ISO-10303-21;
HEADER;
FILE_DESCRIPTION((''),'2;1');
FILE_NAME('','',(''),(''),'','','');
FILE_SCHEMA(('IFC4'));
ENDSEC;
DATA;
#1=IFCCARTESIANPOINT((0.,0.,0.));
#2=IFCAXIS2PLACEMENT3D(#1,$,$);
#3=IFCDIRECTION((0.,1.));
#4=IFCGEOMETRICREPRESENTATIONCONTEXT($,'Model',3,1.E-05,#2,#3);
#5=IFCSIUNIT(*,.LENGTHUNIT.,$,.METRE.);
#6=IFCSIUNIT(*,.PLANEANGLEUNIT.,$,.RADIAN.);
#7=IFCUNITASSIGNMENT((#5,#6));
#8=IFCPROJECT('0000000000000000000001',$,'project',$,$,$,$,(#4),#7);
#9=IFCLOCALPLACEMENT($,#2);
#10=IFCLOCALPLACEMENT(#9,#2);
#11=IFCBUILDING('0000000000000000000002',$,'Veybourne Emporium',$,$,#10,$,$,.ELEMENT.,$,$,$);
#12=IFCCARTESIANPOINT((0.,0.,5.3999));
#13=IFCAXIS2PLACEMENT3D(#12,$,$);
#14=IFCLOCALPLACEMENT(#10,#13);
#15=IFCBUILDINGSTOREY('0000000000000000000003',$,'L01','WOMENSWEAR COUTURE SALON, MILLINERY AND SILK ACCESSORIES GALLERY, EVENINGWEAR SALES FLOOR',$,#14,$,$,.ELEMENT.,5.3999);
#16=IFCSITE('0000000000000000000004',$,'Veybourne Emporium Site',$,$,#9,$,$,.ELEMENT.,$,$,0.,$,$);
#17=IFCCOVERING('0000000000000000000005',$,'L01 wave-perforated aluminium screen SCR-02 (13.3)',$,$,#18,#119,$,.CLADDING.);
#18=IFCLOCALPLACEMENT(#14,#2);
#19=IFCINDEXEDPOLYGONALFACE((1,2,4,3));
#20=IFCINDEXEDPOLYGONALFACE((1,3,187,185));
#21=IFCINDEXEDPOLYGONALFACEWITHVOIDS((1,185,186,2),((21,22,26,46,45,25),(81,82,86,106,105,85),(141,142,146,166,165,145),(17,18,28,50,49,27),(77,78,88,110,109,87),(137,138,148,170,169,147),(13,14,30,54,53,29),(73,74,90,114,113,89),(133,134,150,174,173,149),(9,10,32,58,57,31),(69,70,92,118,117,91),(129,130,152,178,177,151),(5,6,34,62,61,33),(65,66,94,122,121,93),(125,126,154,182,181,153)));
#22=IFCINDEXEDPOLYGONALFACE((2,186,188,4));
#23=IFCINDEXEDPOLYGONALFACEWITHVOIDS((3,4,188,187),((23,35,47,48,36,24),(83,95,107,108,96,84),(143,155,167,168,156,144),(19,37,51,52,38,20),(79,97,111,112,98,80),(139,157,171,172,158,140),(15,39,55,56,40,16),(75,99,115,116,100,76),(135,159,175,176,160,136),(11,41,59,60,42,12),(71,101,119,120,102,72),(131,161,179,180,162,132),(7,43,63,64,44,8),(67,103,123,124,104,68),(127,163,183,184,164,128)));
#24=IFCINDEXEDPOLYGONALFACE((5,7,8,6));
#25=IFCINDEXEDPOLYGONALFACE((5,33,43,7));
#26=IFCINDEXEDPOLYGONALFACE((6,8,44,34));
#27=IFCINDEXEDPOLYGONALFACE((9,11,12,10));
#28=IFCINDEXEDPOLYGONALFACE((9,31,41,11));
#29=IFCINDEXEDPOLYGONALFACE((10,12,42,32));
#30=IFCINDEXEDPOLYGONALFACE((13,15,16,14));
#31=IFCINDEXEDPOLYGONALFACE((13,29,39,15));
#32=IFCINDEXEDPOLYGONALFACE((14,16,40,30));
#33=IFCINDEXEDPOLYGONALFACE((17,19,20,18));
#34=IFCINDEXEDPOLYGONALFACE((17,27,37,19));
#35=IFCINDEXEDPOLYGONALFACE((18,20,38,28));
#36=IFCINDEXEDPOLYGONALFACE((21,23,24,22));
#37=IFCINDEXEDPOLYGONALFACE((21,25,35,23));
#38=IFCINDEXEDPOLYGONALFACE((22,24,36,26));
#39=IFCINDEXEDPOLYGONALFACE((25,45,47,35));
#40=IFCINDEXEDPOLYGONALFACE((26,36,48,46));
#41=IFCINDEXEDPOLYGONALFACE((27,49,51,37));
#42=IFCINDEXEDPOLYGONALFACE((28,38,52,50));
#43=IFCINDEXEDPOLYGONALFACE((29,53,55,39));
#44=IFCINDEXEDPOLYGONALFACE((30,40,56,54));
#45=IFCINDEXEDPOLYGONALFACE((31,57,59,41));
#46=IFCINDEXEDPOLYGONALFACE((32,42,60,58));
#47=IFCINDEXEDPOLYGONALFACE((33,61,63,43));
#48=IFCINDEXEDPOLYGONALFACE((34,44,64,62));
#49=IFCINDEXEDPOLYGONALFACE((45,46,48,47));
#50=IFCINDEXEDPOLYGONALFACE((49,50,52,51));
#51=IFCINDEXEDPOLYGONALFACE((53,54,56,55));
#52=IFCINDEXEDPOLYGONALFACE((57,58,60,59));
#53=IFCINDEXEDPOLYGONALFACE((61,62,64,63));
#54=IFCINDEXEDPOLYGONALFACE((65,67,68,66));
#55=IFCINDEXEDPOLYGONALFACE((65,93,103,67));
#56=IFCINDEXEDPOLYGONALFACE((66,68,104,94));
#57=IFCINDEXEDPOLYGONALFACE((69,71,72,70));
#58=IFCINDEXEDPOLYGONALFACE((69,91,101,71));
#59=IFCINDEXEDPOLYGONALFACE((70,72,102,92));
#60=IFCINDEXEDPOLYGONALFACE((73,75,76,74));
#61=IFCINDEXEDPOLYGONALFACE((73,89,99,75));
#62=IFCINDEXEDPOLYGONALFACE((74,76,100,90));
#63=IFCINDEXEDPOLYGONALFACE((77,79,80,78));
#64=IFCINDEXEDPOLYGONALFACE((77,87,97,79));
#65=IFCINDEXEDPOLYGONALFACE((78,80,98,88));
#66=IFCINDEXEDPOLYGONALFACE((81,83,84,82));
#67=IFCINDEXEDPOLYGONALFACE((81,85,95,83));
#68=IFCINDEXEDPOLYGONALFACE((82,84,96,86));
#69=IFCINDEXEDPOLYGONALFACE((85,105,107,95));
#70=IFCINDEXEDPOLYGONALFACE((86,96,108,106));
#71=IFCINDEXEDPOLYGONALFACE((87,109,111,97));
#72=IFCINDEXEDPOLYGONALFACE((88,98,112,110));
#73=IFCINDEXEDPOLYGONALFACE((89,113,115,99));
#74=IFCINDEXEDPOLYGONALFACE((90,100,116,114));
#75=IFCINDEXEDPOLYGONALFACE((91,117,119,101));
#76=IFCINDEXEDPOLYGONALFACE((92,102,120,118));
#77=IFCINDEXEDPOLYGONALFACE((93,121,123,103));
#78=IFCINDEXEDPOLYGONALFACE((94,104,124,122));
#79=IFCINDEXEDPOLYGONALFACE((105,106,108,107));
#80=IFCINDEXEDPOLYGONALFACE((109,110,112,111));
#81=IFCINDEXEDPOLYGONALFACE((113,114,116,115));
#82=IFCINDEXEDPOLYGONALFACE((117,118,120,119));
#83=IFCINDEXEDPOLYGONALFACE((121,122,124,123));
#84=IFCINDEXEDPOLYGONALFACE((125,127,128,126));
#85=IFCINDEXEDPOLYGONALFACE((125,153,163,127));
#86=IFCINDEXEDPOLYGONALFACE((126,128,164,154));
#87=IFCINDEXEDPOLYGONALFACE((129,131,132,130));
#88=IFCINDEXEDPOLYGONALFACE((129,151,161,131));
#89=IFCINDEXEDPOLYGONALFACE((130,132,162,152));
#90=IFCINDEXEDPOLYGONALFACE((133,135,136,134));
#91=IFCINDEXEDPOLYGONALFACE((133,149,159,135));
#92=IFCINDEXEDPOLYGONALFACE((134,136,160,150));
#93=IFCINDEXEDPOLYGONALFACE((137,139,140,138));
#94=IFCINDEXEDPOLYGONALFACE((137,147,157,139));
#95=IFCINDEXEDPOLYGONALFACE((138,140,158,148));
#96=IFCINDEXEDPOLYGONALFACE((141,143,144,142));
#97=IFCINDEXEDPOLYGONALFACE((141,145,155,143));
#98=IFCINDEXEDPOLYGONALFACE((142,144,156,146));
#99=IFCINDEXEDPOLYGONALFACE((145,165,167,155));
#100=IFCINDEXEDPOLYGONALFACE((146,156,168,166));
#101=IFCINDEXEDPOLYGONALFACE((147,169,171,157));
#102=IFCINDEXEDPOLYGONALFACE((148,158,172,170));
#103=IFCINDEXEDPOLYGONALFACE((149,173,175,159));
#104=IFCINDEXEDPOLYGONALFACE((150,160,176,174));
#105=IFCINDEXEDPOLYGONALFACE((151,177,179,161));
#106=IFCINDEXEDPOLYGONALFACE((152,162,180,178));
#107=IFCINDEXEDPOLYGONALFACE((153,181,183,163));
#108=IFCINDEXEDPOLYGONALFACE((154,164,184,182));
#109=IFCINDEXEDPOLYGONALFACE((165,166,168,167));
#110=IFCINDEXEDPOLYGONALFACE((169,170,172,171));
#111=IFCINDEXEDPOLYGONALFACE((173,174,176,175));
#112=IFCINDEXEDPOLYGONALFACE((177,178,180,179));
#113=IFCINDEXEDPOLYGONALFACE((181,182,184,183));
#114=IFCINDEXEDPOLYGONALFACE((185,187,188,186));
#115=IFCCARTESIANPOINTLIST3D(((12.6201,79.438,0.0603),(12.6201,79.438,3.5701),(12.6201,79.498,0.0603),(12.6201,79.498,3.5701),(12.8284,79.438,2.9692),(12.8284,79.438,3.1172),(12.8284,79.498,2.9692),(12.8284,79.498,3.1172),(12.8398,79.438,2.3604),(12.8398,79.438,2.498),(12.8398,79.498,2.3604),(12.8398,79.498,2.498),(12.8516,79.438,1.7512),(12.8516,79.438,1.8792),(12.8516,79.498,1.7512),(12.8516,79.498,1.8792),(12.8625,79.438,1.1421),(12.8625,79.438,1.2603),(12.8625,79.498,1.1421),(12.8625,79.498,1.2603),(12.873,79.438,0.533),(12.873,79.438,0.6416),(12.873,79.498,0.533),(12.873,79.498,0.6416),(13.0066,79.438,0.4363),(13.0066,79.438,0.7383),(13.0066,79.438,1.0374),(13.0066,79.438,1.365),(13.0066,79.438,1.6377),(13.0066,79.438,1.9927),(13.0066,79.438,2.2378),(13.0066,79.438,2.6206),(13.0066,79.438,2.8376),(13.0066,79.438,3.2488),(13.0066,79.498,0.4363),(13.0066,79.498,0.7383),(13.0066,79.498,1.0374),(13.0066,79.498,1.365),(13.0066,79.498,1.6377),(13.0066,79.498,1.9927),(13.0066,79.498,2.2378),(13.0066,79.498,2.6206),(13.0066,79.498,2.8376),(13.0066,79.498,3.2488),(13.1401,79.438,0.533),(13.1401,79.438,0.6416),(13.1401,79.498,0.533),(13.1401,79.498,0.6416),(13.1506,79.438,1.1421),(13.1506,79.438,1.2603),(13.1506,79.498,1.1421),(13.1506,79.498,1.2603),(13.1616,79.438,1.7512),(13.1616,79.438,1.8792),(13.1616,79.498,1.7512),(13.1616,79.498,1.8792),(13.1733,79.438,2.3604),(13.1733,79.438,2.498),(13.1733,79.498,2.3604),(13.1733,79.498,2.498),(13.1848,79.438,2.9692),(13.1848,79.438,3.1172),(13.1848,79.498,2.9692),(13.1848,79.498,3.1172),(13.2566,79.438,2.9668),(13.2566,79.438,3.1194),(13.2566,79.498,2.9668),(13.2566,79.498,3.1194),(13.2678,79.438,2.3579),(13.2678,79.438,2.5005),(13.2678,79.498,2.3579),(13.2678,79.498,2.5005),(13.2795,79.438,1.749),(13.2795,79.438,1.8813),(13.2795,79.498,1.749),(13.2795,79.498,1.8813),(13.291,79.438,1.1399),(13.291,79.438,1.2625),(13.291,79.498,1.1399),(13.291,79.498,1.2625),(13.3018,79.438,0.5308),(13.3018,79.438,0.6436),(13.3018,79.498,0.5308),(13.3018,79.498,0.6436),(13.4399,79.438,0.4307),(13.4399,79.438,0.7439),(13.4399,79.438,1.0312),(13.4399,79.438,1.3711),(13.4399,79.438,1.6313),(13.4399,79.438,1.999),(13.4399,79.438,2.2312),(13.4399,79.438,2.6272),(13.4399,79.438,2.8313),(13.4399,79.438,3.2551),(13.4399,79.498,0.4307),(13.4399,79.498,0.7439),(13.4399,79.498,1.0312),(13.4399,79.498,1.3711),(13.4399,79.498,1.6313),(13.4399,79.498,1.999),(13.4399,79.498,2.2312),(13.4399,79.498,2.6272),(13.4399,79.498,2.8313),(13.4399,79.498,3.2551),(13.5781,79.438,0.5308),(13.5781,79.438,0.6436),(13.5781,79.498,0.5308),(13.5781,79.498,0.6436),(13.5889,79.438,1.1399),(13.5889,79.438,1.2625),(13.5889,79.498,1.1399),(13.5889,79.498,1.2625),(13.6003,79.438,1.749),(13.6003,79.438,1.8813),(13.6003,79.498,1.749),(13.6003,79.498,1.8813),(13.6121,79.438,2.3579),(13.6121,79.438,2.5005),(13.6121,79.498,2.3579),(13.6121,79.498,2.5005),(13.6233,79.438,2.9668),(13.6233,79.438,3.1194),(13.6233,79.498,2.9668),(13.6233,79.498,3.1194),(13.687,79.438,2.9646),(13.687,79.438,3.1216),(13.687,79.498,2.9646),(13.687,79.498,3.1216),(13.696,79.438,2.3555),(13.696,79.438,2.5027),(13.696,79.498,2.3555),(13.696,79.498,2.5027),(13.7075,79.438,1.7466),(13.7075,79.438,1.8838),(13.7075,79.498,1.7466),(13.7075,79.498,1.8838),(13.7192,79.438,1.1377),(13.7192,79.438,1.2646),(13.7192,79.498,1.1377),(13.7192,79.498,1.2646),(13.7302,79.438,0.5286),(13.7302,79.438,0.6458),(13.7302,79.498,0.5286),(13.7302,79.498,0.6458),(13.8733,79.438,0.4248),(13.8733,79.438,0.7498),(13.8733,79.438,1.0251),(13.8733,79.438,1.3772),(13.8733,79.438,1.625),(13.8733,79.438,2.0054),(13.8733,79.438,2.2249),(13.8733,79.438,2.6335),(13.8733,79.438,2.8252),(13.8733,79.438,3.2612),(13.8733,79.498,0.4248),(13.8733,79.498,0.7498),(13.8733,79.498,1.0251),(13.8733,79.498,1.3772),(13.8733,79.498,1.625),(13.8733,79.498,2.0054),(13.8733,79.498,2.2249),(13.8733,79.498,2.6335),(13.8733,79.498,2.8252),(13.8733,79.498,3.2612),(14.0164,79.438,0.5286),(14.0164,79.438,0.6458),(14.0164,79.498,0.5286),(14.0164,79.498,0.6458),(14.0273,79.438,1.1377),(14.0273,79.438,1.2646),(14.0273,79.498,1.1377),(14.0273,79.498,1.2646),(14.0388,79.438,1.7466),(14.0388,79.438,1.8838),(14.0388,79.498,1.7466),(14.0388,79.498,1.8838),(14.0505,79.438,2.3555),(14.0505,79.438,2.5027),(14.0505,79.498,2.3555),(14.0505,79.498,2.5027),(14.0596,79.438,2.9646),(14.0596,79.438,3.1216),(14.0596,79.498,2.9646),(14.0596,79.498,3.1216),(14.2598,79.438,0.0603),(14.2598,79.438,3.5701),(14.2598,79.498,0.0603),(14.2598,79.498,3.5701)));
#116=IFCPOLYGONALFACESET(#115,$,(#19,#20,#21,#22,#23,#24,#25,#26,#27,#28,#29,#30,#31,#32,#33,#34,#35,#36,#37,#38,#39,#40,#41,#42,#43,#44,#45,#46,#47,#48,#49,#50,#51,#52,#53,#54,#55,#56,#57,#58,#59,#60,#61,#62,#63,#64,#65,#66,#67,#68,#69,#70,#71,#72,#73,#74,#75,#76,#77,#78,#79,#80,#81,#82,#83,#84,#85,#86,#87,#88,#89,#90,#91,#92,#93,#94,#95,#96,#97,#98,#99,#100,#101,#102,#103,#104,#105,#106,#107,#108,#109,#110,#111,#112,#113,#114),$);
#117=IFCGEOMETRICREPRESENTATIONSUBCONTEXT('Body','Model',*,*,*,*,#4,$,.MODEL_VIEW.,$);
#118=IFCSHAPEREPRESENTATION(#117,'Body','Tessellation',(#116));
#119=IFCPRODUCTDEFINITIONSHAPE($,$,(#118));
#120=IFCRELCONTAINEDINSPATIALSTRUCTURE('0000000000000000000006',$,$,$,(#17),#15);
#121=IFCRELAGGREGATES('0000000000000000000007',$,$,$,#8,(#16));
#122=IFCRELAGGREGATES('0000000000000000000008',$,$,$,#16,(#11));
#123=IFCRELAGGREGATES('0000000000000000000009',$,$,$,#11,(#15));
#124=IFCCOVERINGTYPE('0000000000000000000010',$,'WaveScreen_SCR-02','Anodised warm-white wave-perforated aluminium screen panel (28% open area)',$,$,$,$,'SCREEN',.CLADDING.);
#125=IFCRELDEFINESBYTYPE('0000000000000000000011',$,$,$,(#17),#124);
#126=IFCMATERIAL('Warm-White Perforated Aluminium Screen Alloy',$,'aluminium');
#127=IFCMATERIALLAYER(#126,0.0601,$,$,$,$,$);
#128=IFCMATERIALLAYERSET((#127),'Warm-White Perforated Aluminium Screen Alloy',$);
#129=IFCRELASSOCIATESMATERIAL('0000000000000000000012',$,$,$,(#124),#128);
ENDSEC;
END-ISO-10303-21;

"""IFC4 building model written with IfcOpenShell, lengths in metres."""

from ifc_helpers import new_model, si_unit, direction, frame, origin, place, context, subcontext, project, spatial, polyline, outline, extrude, material, layer, layer_set, type_object, element, save


model = new_model("IFC4")

# Units and contexts
model_context = context("Model", 3, precision=1e-05, world=origin(), true_north=direction((0.0, 1.0)))
body_context = subcontext(model_context, "Body", "Model", "MODEL_VIEW")
ifc_project = project(units=[si_unit("LENGTHUNIT", "METRE"), si_unit("PLANEANGLEUNIT", "RADIAN")], contexts=[model_context])

# Site, building, storey
site_placement = place(None, origin())
site = spatial("IfcSite", under=ifc_project, at=site_placement, Name="Veybourne Emporium Site", CompositionType="ELEMENT", RefElevation=0.0)
building_placement = place(site_placement, origin())
building = spatial("IfcBuilding", under=site, at=building_placement, Name="Veybourne Emporium", CompositionType="ELEMENT")
storey_placement = place(building_placement, frame((0.0, 0.0, 5.3999)))
storey = spatial("IfcBuildingStorey", under=building, at=storey_placement, Name="L01", Description="WOMENSWEAR COUTURE SALON, MILLINERY AND SILK ACCESSORIES GALLERY, EVENINGWEAR SALES FLOOR", CompositionType="ELEMENT", Elevation=5.3999)

# Covering
ifc_material_1 = material(Name="Warm-White Perforated Aluminium Screen Alloy", Category="aluminium")
ifc_layer_1 = layer(ifc_material_1, 0.0601)
ifc_layer_set_1 = layer_set([ifc_layer_1], Name="Warm-White Perforated Aluminium Screen Alloy")
covering_type_1 = type_object("IfcCoveringType", Name="WaveScreen_SCR-02", Description="Anodised warm-white wave-perforated aluminium screen panel (28% open area)", ElementType="SCREEN", PredefinedType="CLADDING", material=ifc_layer_set_1)
covering_1_placement = place(storey_placement, frame((13.4399, 79.498, 1.8152), z_axis=(0.0, -1.0, 0.0), x_axis=(1.0, 0.0, 0.0)))
element("IfcCovering", 1, at=covering_1_placement, inside=storey, type_object=covering_type_1, Name="L01 wave-perforated aluminium screen SCR-02 (13.3)", PredefinedType="CLADDING", context=body_context, shape_type="SweptSolid", body=[
    extrude(outline(polyline([(-0.8198, -1.7549), (0.8198, -1.7549), (0.8198, 1.7549), (-0.8198, 1.7549), (-0.8198, -1.7549)]), holes=[polyline([(-0.4333, -1.0769), (-0.2998, -1.1736), (-0.2998, -1.2822), (-0.4333, -1.3789), (-0.5669, -1.2822), (-0.5669, -1.1736), (-0.4333, -1.0769)]), polyline([(-0.4333, -0.4502), (-0.2893, -0.5549), (-0.2893, -0.6731), (-0.4333, -0.7778), (-0.5774, -0.6731), (-0.5774, -0.5549), (-0.4333, -0.4502)]), polyline([(-0.4333, 0.1775), (-0.2783, 0.064), (-0.2783, -0.064), (-0.4333, -0.1775), (-0.5884, -0.064), (-0.5884, 0.064), (-0.4333, 0.1775)]), polyline([(-0.4333, 0.8054), (-0.2666, 0.6829), (-0.2666, 0.5452), (-0.4333, 0.4226), (-0.6001, 0.5452), (-0.6001, 0.6829), (-0.4333, 0.8054)]), polyline([(-0.4333, 1.4336), (-0.2551, 1.302), (-0.2551, 1.1541), (-0.4333, 1.0225), (-0.6116, 1.1541), (-0.6116, 1.302), (-0.4333, 1.4336)]), polyline([(0.0, -1.0713), (0.1382, -1.1716), (0.1382, -1.2844), (0.0, -1.3845), (-0.1382, -1.2844), (-0.1382, -1.1716), (0.0, -1.0713)]), polyline([(0.0, -0.4441), (0.1489, -0.5527), (0.1489, -0.6753), (0.0, -0.7839), (-0.1489, -0.6753), (-0.1489, -0.5527), (0.0, -0.4441)]), polyline([(0.0, 0.1838), (0.1604, 0.0662), (0.1604, -0.0662), (0.0, -0.1838), (-0.1604, -0.0662), (-0.1604, 0.0662), (0.0, 0.1838)]), polyline([(0.0, 0.812), (0.1721, 0.6853), (0.1721, 0.5427), (0.0, 0.416), (-0.1721, 0.5427), (-0.1721, 0.6853), (0.0, 0.812)]), polyline([(0.0, 1.4399), (0.1833, 1.3042), (0.1833, 1.1516), (0.0, 1.0161), (-0.1833, 1.1516), (-0.1833, 1.3042), (0.0, 1.4399)]), polyline([(0.4333, -1.0654), (0.5764, -1.1694), (0.5764, -1.2866), (0.4333, -1.3904), (0.2903, -1.2866), (0.2903, -1.1694), (0.4333, -1.0654)]), polyline([(0.4333, -0.438), (0.5874, -0.5505), (0.5874, -0.6775), (0.4333, -0.79), (0.2793, -0.6775), (0.2793, -0.5505), (0.4333, -0.438)]), polyline([(0.4333, 0.1902), (0.5989, 0.0686), (0.5989, -0.0686), (0.4333, -0.1902), (0.2676, -0.0686), (0.2676, 0.0686), (0.4333, 0.1902)]), polyline([(0.4333, 0.8184), (0.6106, 0.6875), (0.6106, 0.5403), (0.4333, 0.4097), (0.2561, 0.5403), (0.2561, 0.6875), (0.4333, 0.8184)]), polyline([(0.4333, 1.446), (0.6196, 1.3064), (0.6196, 1.1494), (0.4333, 1.01), (0.2471, 1.1494), (0.2471, 1.3064), (0.4333, 1.446)])]), origin(), (0.0, 0.0, 1.0), 0.0601),
])

save(model, "model.ifc")
